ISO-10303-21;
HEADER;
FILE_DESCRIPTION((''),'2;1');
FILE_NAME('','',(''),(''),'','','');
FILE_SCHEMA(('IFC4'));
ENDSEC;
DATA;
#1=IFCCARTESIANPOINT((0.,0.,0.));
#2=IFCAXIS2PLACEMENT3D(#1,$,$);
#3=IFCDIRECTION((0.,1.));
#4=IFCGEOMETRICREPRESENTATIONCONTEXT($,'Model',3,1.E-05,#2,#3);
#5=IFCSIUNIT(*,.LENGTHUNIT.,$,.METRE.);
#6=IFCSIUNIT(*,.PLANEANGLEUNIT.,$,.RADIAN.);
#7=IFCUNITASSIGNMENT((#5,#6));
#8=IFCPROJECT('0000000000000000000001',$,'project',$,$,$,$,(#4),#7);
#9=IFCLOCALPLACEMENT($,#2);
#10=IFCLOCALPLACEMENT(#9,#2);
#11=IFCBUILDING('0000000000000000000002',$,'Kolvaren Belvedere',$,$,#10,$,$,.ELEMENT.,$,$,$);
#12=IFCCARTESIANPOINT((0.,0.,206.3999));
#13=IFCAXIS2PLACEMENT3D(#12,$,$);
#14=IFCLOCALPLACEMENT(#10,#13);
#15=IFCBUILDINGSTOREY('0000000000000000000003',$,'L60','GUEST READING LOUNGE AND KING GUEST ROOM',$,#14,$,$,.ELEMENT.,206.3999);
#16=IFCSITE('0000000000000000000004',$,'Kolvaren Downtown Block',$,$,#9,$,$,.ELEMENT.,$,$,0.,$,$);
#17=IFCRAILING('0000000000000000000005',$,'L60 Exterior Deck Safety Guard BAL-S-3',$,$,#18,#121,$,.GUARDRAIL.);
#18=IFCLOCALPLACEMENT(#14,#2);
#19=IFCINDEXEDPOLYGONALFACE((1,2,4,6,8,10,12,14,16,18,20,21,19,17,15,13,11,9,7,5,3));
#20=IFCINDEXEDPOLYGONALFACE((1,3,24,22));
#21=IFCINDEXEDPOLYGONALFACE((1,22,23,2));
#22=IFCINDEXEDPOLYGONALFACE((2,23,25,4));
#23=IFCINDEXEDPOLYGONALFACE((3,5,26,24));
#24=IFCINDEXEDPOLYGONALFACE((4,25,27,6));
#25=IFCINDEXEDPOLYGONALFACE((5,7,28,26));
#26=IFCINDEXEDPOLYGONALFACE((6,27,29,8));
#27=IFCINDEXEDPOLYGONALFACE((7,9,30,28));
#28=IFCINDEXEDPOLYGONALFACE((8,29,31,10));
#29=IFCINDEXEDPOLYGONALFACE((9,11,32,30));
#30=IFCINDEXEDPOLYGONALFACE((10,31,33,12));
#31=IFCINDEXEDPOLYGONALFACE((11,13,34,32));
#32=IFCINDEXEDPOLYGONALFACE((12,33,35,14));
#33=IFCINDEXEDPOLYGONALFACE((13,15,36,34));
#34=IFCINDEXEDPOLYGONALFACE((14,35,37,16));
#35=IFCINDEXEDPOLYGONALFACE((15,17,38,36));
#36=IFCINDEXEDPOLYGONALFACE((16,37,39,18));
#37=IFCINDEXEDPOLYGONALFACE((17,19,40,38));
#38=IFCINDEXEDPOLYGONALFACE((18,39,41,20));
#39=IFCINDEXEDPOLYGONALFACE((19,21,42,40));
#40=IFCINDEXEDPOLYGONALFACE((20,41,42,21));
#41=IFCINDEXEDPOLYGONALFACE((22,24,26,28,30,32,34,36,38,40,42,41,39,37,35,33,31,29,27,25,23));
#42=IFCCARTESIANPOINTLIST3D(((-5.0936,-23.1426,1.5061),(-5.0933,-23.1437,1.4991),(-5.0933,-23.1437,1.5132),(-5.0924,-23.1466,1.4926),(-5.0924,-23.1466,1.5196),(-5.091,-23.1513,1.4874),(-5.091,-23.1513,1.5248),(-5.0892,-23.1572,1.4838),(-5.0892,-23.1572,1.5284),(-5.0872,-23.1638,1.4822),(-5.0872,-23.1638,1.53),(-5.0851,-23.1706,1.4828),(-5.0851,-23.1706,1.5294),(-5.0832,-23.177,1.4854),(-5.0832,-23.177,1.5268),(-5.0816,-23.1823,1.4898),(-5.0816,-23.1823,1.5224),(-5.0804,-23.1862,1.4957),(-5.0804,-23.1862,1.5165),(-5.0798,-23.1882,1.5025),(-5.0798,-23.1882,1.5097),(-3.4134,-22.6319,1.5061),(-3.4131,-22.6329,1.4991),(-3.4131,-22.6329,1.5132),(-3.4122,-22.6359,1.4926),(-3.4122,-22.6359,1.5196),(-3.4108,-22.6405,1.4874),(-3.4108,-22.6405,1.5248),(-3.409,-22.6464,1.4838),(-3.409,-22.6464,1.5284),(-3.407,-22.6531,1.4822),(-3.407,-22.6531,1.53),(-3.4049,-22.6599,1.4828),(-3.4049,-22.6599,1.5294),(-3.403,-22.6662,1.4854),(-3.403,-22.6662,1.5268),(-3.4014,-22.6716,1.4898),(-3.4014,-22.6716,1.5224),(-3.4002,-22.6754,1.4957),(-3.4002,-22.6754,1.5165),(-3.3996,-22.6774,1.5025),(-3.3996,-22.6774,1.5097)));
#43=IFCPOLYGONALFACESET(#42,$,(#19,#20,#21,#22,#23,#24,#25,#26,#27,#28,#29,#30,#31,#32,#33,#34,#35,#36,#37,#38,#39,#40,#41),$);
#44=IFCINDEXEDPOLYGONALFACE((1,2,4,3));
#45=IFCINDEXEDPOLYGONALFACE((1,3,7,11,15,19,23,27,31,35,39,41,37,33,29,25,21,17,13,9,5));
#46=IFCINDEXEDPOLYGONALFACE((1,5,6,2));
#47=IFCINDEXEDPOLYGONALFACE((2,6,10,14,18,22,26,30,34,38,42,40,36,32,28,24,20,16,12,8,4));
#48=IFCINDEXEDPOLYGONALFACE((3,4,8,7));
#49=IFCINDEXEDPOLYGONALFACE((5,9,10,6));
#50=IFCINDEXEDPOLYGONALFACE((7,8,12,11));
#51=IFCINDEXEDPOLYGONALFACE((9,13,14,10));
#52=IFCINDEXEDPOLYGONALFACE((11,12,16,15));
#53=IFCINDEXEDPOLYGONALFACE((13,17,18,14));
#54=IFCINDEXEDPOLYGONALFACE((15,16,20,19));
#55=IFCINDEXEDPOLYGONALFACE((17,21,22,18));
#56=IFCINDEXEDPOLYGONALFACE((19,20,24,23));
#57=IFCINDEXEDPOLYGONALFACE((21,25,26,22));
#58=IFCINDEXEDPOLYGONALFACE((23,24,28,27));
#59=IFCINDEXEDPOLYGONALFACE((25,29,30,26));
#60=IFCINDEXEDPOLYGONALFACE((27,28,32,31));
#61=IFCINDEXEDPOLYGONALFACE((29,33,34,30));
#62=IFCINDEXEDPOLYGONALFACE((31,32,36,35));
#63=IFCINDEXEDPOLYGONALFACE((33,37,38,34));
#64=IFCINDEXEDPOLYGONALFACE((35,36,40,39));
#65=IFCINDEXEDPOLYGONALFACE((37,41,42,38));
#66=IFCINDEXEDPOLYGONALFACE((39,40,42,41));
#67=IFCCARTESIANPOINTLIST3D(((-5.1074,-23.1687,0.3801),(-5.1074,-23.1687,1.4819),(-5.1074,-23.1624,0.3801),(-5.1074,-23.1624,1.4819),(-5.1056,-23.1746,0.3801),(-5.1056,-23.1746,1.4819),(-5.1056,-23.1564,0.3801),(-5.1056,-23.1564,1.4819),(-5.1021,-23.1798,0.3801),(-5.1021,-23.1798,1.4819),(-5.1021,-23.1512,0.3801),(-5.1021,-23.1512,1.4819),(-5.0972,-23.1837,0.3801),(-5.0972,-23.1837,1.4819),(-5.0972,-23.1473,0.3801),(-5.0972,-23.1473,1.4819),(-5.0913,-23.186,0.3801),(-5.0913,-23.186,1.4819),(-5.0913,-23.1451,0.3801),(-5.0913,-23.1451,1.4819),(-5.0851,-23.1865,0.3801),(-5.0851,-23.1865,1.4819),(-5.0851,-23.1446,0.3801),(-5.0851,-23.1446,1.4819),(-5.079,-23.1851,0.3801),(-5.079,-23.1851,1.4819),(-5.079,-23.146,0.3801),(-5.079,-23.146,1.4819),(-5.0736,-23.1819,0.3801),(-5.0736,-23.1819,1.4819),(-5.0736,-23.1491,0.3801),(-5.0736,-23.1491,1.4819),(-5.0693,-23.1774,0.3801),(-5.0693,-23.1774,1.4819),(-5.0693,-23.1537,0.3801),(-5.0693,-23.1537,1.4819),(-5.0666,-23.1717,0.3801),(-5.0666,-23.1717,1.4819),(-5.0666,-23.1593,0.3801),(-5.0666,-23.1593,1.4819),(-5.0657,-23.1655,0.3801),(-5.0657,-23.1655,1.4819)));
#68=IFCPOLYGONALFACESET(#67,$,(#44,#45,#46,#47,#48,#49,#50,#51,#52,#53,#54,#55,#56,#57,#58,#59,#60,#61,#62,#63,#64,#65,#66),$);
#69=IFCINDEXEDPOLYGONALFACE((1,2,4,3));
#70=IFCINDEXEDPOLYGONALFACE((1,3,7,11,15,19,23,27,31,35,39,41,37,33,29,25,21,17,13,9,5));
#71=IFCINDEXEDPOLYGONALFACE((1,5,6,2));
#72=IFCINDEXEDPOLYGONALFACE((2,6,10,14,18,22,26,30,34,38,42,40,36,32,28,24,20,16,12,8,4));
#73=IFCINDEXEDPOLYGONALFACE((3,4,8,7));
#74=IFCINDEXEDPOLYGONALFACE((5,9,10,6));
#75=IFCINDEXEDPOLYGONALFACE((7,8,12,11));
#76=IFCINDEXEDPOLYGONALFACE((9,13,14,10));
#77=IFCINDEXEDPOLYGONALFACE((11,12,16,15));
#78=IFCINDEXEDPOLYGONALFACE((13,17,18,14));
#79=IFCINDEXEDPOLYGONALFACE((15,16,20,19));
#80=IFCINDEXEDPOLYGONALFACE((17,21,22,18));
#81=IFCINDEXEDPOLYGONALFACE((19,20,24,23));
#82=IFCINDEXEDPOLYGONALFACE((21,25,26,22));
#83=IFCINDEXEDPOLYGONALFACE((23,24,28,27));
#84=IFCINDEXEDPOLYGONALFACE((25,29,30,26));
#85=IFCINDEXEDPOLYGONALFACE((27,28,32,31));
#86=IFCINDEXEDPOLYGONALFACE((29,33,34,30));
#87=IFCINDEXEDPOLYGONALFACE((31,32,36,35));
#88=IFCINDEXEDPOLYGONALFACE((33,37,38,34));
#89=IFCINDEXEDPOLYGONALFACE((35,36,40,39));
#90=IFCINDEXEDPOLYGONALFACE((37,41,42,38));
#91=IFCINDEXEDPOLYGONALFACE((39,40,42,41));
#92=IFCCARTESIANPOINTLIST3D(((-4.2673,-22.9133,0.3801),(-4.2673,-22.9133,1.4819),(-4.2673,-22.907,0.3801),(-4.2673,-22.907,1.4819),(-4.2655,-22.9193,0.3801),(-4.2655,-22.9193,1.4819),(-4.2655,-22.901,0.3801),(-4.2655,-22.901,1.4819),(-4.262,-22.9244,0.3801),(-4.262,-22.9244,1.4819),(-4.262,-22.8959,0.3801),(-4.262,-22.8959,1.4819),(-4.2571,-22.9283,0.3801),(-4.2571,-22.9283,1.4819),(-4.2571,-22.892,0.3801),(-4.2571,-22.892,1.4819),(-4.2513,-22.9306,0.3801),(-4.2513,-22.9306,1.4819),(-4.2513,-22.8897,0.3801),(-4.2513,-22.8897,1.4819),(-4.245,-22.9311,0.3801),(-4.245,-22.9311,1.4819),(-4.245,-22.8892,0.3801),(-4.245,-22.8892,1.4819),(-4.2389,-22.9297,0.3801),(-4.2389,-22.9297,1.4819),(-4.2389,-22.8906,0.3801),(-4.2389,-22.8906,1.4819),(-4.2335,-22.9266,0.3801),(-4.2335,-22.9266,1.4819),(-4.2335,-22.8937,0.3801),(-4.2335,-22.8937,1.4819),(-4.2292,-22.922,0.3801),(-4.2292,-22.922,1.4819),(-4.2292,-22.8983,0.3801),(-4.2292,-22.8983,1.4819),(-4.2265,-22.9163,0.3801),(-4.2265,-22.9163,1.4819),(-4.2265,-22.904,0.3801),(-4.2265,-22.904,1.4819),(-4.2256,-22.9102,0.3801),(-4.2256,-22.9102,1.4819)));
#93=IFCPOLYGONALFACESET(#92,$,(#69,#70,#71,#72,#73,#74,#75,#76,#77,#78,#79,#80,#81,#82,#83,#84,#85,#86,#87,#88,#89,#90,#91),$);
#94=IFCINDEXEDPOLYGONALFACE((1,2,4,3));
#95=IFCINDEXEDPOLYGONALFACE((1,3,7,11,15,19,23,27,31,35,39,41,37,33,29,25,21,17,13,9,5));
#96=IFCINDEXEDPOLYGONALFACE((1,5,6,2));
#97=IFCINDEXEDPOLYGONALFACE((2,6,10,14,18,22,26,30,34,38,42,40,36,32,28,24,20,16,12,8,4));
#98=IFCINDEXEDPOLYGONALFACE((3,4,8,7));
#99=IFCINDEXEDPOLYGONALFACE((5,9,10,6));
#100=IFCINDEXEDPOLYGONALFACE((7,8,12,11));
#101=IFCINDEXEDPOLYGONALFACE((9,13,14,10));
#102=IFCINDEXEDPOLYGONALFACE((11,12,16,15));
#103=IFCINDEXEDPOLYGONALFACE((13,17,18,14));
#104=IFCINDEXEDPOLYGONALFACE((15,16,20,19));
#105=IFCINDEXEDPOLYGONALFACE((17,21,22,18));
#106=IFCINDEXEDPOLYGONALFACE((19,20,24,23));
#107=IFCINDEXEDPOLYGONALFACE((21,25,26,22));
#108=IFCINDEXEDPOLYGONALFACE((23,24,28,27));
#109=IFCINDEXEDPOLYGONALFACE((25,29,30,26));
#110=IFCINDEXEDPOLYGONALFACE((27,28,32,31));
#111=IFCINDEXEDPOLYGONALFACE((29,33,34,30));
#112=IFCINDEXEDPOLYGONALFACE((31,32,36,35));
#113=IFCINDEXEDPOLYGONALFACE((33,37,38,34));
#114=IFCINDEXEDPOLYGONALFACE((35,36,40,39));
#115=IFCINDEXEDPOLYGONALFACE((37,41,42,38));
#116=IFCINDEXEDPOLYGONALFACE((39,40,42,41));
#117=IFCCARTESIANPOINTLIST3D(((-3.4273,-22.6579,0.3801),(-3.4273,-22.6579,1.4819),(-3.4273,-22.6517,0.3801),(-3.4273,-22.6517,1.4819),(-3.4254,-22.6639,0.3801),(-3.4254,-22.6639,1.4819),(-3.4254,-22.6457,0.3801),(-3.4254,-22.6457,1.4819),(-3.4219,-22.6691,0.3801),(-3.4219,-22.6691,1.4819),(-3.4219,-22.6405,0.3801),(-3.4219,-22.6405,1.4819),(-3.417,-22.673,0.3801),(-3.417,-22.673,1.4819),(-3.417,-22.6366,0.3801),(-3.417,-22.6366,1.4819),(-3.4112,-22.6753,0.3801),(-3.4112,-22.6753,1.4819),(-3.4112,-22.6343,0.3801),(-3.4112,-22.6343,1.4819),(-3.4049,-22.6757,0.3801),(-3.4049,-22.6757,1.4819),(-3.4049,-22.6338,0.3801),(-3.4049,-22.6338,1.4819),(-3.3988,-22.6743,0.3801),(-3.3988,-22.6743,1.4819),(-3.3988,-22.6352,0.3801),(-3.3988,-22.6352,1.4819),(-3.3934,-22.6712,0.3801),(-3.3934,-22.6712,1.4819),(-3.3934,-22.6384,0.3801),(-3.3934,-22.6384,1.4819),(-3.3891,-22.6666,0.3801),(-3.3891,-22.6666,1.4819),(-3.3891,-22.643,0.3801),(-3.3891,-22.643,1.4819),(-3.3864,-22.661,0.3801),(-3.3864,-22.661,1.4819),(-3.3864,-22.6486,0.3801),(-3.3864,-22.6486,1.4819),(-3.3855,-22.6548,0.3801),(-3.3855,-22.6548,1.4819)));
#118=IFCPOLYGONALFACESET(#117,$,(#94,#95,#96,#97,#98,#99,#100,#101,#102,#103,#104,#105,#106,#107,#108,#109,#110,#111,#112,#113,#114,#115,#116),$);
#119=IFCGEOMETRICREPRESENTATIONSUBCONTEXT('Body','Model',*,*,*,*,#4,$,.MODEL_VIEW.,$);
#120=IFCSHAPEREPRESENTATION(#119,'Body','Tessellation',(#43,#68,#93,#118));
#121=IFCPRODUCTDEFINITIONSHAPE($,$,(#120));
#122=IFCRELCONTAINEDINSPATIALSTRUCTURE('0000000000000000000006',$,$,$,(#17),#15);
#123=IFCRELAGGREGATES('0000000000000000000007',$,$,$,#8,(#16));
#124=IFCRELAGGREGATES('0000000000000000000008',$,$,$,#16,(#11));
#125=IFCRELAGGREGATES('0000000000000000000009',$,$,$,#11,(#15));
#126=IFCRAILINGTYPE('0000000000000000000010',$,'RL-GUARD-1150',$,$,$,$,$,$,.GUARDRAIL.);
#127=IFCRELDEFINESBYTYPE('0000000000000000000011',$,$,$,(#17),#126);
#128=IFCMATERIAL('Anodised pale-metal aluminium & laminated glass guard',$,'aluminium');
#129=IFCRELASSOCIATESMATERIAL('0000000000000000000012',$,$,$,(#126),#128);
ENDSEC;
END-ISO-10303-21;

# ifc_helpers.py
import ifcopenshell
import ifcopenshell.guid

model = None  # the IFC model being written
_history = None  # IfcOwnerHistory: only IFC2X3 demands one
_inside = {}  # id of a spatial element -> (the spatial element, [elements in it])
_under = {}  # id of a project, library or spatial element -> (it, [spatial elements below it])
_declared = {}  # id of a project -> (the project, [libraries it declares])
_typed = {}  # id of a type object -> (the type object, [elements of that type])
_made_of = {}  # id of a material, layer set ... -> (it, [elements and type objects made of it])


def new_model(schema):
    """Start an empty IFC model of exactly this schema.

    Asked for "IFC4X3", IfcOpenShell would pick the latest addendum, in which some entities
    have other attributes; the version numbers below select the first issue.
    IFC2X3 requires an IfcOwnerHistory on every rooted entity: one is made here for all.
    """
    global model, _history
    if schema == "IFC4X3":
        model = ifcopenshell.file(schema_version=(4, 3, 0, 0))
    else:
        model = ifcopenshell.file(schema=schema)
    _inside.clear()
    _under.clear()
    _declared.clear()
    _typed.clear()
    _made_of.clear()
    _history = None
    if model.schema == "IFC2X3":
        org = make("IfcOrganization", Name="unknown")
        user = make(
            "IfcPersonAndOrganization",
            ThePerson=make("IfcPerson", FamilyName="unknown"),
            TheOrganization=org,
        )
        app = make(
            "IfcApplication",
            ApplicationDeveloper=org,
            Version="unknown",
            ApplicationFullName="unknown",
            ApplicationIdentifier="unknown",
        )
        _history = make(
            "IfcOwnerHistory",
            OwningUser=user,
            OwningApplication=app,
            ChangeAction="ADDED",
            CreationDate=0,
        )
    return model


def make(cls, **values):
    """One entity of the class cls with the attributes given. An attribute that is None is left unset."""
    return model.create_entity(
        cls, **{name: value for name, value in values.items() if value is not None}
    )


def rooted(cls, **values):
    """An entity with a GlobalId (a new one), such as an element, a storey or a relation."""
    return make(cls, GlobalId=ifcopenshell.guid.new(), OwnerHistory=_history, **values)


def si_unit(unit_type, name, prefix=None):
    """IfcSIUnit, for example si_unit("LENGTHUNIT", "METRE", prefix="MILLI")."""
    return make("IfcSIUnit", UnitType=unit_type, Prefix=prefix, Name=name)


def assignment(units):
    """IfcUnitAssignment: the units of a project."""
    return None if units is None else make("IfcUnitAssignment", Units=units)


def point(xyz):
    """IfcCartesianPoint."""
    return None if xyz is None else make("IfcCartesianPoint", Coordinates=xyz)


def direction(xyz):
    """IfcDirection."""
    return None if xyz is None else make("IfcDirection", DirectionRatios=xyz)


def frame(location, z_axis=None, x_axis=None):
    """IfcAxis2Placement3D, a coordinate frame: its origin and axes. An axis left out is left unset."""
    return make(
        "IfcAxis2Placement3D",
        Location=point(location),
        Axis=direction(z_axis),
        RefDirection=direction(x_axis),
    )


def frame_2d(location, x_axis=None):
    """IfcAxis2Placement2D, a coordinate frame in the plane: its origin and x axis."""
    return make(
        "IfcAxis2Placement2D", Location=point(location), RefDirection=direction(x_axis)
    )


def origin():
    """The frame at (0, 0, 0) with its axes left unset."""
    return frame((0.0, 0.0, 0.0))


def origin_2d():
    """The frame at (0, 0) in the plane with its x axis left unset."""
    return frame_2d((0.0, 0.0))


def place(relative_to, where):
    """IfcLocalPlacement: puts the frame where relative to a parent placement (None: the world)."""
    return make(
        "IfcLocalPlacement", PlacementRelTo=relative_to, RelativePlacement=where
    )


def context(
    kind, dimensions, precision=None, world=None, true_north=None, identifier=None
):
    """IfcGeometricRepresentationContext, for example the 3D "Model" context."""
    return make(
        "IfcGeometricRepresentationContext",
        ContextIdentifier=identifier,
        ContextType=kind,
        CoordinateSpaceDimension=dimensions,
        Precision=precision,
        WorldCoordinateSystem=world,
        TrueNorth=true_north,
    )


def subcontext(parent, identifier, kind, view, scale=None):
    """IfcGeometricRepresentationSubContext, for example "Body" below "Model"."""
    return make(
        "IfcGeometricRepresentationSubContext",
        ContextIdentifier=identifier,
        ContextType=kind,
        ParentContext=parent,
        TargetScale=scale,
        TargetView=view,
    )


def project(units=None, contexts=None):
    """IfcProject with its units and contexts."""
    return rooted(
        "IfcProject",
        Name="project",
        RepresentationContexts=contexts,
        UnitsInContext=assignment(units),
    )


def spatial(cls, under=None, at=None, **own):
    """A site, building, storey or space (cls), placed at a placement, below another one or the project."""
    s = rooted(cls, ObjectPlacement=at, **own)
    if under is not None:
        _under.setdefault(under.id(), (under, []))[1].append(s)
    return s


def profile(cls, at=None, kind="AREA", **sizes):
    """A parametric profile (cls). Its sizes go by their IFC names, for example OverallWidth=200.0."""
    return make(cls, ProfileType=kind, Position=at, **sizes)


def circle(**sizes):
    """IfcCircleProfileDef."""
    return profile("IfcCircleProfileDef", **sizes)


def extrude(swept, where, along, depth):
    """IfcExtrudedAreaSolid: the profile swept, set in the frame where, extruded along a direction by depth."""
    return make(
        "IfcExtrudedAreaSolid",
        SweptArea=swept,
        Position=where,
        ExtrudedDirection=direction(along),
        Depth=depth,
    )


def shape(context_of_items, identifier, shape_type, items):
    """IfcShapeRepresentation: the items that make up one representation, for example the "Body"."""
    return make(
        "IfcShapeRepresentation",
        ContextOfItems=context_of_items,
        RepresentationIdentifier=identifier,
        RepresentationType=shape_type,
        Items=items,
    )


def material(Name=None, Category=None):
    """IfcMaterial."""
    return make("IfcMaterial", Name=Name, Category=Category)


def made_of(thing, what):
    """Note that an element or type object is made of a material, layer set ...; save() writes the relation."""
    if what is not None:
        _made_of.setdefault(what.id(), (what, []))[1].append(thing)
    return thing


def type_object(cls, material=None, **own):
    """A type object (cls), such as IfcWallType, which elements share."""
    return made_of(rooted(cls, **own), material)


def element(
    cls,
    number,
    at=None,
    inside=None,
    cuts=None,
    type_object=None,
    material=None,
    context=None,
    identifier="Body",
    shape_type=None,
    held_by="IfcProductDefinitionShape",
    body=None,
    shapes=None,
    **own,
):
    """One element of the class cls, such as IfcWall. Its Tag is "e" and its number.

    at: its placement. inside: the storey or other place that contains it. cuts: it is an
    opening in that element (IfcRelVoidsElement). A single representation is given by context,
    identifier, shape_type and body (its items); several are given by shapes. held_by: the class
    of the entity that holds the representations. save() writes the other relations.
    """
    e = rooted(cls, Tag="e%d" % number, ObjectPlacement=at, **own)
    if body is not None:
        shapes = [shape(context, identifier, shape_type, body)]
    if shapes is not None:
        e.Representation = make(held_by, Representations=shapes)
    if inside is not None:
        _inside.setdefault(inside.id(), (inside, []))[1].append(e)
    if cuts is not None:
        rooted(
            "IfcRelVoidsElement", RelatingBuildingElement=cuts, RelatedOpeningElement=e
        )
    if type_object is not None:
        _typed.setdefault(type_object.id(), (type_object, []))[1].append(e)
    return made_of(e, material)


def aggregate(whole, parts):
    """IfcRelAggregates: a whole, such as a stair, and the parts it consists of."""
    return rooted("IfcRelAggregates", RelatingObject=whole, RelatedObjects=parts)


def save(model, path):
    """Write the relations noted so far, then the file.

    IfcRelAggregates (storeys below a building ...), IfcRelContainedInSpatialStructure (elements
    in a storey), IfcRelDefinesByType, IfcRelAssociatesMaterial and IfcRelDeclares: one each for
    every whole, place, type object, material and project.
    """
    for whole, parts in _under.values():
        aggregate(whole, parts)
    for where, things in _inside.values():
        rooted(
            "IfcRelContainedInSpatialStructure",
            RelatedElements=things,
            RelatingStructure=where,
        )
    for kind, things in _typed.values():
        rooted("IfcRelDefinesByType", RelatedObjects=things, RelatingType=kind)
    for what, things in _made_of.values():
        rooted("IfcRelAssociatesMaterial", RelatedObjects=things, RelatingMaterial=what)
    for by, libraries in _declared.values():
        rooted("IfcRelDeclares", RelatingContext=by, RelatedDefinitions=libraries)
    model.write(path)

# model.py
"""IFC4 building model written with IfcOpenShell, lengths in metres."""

from ifc_helpers import new_model, si_unit, direction, frame, origin, origin_2d, place, context, subcontext, project, spatial, circle, extrude, material, type_object, element, save


model = new_model("IFC4")

# Units and contexts
model_context = context("Model", 3, precision=1e-05, world=origin(), true_north=direction((0.0, 1.0)))
body_context = subcontext(model_context, "Body", "Model", "MODEL_VIEW")
ifc_project = project(units=[si_unit("LENGTHUNIT", "METRE"), si_unit("PLANEANGLEUNIT", "RADIAN")], contexts=[model_context])

# Site, building, storey
site_placement = place(None, origin())
site = spatial("IfcSite", under=ifc_project, at=site_placement, Name="Kolvaren Downtown Block", CompositionType="ELEMENT", RefElevation=0.0)
building_placement = place(site_placement, origin())
building = spatial("IfcBuilding", under=site, at=building_placement, Name="Kolvaren Belvedere", CompositionType="ELEMENT")
storey_placement = place(building_placement, frame((0.0, 0.0, 206.3999)))
storey = spatial("IfcBuildingStorey", under=building, at=storey_placement, Name="L60", Description="GUEST READING LOUNGE AND KING GUEST ROOM", CompositionType="ELEMENT", Elevation=206.3999)

# Railing
ifc_material_1 = material(Name="Anodised pale-metal aluminium & laminated glass guard", Category="aluminium")
railing_type = type_object("IfcRailingType", Name="RL-GUARD-1150", PredefinedType="GUARDRAIL", material=ifc_material_1)
railing_1_placement = place(storey_placement, frame((-5.0867, -23.1655, 0.3801)))
element("IfcRailing", 1, at=railing_1_placement, inside=storey, type_object=railing_type, Name="L60 Exterior Deck Safety Guard BAL-S-3", PredefinedType="GUARDRAIL", context=body_context, shape_type="SweptSolid", body=[
    extrude(circle(Radius=0.0239, at=origin_2d()), frame((0.0, 0.0, 1.126), z_axis=(0.956771, 0.290841, 0.0), x_axis=(-0.290841, 0.956771, 0.0)), (0.0, 0.0, 1.0), 1.7561),
    extrude(circle(Radius=0.021, at=origin_2d()), origin(), (0.0, 0.0, 1.0), 1.1018),
    extrude(circle(Radius=0.021, at=origin_2d()), frame((0.8401, 0.2554, 0.0)), (0.0, 0.0, 1.0), 1.1018),
    extrude(circle(Radius=0.021, at=origin_2d()), frame((1.6802, 0.5107, 0.0)), (0.0, 0.0, 1.0), 1.1018),
])

save(model, "model.ifc")
